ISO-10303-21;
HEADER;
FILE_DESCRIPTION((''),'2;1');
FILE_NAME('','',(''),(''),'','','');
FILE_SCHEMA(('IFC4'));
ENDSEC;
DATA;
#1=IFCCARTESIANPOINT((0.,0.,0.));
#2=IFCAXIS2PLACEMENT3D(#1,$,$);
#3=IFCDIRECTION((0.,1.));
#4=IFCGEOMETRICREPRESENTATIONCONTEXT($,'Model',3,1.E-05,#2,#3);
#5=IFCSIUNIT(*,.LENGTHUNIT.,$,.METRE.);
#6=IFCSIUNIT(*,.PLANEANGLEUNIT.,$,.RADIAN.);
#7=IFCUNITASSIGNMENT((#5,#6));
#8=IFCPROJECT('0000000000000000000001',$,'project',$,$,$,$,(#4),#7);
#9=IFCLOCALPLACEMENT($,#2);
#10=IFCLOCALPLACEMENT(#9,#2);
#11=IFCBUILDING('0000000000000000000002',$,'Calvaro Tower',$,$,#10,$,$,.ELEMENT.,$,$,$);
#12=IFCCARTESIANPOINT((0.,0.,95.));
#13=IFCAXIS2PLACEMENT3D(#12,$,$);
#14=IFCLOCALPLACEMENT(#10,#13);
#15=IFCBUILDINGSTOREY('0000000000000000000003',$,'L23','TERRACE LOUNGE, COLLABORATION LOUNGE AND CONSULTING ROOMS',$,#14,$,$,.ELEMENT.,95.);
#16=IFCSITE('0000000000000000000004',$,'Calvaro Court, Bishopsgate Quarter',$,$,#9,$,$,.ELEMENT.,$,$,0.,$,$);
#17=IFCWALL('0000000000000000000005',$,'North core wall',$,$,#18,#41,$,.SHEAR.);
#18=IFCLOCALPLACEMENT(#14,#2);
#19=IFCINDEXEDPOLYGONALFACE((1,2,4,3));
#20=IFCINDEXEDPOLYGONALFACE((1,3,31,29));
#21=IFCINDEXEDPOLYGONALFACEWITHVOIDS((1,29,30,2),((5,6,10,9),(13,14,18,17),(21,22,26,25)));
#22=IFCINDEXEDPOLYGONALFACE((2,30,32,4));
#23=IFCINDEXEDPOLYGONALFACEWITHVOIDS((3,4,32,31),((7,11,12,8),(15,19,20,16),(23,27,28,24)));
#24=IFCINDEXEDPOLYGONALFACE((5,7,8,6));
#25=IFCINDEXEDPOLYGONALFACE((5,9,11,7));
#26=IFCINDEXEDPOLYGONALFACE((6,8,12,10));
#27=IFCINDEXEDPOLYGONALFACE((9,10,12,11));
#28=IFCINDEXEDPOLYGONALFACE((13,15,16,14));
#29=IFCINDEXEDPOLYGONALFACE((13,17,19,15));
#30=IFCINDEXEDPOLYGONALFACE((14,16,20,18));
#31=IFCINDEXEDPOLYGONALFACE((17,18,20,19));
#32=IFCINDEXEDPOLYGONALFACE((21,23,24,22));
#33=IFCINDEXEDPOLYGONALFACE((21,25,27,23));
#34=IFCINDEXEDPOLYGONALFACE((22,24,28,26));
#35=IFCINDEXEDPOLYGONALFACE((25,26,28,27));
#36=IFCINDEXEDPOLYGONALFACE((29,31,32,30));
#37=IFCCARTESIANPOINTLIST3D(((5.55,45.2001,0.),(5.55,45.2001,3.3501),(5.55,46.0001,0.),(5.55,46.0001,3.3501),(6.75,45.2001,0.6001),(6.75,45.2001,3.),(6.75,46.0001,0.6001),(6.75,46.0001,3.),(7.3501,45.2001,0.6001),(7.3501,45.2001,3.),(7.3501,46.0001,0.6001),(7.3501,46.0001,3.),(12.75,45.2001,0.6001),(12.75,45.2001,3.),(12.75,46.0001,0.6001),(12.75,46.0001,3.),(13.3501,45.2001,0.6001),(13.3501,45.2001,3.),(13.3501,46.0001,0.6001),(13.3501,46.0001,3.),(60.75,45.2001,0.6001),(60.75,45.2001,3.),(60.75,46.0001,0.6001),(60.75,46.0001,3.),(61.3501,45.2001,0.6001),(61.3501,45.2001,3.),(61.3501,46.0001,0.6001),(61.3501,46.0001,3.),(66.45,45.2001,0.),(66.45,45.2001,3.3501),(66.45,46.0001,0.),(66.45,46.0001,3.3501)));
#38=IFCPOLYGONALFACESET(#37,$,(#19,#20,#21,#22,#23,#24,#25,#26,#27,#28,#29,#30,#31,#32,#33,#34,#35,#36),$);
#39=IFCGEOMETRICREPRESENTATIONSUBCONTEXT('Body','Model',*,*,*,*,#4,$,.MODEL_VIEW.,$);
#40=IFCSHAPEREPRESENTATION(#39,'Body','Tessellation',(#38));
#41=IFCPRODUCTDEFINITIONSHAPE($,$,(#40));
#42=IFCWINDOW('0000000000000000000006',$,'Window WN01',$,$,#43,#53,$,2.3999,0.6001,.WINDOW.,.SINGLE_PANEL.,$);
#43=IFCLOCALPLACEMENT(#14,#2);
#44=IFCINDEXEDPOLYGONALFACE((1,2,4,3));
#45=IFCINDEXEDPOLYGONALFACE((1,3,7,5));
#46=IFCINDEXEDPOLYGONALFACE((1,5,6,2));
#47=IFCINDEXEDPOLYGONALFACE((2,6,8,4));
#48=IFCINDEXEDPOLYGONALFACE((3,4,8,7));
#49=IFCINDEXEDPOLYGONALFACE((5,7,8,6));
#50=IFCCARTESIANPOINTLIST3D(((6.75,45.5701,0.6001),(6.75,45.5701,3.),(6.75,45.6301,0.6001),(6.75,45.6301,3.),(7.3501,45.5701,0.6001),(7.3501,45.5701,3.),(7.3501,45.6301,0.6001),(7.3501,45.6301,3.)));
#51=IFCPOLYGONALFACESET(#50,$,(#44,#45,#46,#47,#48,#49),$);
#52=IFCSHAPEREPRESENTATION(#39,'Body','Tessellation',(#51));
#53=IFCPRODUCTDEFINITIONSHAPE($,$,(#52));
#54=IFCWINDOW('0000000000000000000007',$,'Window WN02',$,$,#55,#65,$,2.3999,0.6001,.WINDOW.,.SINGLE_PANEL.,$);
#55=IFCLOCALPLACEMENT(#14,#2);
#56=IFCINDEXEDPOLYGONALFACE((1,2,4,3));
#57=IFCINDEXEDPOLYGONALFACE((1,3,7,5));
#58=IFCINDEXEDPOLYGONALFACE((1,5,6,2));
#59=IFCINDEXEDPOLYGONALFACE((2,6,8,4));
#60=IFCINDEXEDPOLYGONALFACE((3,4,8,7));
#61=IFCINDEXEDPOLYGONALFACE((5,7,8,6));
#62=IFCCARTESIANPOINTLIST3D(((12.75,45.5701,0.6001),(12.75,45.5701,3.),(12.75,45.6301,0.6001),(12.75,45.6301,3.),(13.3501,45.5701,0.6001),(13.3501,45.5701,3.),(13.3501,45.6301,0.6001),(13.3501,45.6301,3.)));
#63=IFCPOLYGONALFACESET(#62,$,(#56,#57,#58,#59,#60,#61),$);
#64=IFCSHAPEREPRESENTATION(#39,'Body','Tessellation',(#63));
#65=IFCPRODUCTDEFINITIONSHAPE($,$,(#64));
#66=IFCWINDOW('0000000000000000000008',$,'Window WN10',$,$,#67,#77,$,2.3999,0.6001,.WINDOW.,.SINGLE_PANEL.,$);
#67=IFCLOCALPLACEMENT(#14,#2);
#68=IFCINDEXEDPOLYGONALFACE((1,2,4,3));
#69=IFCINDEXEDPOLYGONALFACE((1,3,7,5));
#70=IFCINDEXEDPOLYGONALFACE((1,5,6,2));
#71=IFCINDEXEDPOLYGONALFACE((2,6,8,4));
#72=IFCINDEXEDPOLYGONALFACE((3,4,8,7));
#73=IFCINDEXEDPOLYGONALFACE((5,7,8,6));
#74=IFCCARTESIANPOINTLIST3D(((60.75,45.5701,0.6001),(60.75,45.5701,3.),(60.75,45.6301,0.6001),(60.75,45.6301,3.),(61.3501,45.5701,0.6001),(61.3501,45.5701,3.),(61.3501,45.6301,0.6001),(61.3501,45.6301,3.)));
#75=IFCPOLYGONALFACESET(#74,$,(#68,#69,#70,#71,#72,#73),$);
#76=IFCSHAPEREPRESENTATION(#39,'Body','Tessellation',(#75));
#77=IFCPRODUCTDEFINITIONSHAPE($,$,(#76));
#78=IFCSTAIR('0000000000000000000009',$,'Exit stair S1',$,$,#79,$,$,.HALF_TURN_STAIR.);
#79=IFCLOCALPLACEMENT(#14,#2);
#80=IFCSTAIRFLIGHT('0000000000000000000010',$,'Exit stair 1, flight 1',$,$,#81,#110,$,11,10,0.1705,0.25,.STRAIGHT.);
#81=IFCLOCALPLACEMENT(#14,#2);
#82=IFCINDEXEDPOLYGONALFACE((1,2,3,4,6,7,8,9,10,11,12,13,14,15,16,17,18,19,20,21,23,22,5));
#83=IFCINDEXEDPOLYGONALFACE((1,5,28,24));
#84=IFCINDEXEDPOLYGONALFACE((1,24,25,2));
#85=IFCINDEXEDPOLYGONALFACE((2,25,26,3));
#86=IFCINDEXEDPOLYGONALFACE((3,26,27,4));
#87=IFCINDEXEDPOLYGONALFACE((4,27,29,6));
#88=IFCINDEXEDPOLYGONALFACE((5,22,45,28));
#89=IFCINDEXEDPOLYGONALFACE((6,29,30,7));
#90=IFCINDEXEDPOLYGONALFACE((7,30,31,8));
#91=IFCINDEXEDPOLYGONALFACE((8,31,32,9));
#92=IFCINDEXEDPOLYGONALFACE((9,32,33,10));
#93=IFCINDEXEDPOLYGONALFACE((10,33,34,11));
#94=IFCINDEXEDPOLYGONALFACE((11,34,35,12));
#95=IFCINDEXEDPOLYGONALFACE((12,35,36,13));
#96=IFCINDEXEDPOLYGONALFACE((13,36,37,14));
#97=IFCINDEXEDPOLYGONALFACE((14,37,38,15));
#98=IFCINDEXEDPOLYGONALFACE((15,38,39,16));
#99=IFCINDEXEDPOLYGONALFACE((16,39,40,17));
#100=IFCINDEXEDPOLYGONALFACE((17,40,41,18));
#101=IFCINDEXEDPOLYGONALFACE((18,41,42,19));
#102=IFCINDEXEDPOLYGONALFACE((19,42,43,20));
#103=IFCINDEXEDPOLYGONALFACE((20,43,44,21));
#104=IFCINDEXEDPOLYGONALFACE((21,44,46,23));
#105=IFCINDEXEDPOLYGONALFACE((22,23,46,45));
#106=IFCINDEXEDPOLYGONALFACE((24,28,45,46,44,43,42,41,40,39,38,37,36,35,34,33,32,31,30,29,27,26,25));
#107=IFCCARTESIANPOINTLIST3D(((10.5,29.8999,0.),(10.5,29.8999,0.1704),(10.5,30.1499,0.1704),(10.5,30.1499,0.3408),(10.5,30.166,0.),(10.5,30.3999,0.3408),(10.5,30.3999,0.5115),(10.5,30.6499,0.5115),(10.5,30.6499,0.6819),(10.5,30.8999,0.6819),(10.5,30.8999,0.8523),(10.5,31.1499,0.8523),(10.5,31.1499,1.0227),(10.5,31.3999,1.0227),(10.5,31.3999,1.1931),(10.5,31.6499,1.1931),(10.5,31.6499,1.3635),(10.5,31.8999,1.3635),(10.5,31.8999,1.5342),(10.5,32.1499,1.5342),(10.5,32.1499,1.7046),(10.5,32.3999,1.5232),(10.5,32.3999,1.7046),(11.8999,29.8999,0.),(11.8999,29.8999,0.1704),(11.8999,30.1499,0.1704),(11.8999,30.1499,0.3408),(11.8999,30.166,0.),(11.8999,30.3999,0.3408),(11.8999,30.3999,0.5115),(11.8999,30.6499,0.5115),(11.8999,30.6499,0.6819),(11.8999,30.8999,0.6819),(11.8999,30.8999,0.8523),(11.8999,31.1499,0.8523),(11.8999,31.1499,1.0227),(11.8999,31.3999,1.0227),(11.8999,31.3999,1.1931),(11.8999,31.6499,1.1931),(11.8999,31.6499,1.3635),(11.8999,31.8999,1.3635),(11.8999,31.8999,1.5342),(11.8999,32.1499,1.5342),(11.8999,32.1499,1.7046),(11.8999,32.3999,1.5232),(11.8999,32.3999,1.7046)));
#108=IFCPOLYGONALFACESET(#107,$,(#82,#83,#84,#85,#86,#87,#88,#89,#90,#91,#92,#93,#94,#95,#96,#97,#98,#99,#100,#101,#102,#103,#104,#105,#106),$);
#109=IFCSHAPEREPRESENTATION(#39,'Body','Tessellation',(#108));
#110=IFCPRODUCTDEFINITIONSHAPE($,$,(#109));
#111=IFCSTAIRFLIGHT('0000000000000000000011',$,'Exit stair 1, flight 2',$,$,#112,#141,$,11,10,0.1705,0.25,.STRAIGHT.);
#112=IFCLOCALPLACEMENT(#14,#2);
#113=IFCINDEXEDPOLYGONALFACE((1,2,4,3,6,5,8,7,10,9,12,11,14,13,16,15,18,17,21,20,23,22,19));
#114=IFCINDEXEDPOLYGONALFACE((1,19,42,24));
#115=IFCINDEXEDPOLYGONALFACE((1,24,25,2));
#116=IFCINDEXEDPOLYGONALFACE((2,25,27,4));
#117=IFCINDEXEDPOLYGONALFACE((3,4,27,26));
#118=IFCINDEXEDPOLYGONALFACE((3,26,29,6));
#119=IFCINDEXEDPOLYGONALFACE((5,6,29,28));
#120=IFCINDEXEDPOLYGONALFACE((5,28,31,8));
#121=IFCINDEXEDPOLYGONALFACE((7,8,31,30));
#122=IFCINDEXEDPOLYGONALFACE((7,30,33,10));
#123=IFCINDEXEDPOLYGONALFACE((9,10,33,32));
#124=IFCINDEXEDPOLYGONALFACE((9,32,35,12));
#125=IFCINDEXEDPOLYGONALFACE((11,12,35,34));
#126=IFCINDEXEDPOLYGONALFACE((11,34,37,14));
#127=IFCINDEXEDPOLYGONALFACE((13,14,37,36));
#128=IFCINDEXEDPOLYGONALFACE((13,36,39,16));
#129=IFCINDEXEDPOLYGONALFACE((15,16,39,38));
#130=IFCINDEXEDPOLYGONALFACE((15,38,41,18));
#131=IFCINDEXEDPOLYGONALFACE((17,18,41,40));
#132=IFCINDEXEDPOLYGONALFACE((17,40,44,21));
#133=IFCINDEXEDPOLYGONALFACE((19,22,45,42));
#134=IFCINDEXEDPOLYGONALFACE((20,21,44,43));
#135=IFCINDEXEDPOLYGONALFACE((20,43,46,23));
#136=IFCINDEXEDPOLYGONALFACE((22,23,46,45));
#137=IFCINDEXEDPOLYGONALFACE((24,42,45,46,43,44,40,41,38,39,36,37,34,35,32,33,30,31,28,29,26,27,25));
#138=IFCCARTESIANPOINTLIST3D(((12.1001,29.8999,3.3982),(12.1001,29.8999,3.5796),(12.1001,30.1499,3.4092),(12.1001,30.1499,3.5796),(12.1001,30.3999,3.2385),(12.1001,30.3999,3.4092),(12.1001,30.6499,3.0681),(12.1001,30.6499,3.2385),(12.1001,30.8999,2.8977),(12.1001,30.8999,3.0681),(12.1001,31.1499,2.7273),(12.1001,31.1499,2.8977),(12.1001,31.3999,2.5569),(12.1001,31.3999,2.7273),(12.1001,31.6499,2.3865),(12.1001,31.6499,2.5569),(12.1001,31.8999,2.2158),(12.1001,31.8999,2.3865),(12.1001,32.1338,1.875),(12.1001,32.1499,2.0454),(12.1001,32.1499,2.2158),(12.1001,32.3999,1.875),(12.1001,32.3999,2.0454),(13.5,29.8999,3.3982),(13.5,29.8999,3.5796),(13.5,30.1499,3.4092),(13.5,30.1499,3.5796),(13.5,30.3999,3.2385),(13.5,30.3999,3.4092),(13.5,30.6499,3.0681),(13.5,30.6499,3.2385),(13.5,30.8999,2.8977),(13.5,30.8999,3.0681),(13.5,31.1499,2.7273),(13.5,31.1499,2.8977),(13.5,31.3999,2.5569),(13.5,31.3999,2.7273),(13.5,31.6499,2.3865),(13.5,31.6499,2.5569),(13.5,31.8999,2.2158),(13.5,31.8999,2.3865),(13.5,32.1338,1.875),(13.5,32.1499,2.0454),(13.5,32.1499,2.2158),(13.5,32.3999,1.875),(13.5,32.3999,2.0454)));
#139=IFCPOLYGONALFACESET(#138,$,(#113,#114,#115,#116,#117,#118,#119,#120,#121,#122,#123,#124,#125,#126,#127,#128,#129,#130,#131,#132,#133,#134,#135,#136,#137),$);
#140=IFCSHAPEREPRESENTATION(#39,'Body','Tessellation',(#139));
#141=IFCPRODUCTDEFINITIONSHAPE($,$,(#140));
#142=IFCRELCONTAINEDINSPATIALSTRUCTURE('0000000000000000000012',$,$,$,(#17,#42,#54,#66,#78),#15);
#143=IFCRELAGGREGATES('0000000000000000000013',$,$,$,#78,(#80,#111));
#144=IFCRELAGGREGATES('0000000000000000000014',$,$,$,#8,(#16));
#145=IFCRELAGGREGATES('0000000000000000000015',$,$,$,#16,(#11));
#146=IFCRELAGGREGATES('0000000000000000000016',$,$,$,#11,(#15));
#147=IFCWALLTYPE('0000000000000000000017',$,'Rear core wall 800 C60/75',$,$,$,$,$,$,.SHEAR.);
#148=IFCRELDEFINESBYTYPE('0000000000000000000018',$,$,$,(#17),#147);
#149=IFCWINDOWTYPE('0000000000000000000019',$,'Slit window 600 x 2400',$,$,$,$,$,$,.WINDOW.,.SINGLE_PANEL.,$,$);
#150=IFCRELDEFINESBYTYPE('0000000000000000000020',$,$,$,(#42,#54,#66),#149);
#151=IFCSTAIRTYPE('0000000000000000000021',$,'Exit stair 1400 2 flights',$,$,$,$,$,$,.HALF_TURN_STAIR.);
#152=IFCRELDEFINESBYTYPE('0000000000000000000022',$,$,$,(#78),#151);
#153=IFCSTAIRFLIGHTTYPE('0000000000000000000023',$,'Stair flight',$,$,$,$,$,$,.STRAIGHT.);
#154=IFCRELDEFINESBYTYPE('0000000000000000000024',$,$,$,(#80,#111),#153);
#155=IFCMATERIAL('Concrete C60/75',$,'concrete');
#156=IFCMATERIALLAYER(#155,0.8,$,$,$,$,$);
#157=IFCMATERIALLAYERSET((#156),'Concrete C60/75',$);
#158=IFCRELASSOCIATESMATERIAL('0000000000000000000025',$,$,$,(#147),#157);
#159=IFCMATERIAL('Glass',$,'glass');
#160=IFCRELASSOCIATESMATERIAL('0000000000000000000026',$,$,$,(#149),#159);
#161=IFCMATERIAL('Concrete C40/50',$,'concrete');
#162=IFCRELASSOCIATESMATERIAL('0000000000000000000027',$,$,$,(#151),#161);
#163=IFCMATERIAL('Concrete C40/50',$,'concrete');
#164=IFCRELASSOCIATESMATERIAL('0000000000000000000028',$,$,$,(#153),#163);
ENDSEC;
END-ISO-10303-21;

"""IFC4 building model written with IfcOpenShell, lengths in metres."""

from ifc_helpers import new_model, si_unit, direction, frame, frame_2d, origin, place, context, subcontext, project, spatial, polyline, rectangle, outline, extrude, material, layer, layer_set, type_object, element, fill, aggregate, save


model = new_model("IFC4")

# Units and contexts
model_context = context("Model", 3, precision=1e-05, world=origin(), true_north=direction((0.0, 1.0)))
body_context = subcontext(model_context, "Body", "Model", "MODEL_VIEW")
ifc_project = project(units=[si_unit("LENGTHUNIT", "METRE"), si_unit("PLANEANGLEUNIT", "RADIAN")], contexts=[model_context])

# Site, building, storey
site_placement = place(None, origin())
site = spatial("IfcSite", under=ifc_project, at=site_placement, Name="Calvaro Court, Bishopsgate Quarter", CompositionType="ELEMENT", RefElevation=0.0)
building_placement = place(site_placement, origin())
building = spatial("IfcBuilding", under=site, at=building_placement, Name="Calvaro Tower", CompositionType="ELEMENT")
storey_placement = place(building_placement, frame((0.0, 0.0, 95.0)))
storey = spatial("IfcBuildingStorey", under=building, at=storey_placement, Name="L23", Description="TERRACE LOUNGE, COLLABORATION LOUNGE AND CONSULTING ROOMS", CompositionType="ELEMENT", Elevation=95.0)

# Wall, openings, windows
ifc_material_1 = material(Name="Concrete C60/75", Category="concrete")
ifc_layer_1 = layer(ifc_material_1, 0.8)
ifc_layer_set_1 = layer_set([ifc_layer_1], Name="Concrete C60/75")
wall_type_1 = type_object("IfcWallType", Name="Rear core wall 800 C60/75", PredefinedType="SHEAR", material=ifc_layer_set_1)
wall_1_placement = place(storey_placement, frame((5.55, 45.6001, 0.0), z_axis=(0.0, 0.0, 1.0), x_axis=(1.0, 0.0, 0.0)))
wall_1 = element("IfcWall", 1, at=wall_1_placement, inside=storey, type_object=wall_type_1, Name="North core wall", PredefinedType="SHEAR", context=body_context, shape_type="SweptSolid", body=[
    extrude(rectangle(XDim=60.8999, YDim=0.8, at=frame_2d((30.45, 0.0))), origin(), (0.0, 0.0, 1.0), 3.3501),
])
opening_1_placement = place(wall_1_placement, frame((1.2, 0.0, 0.6001)))
opening_1 = element("IfcOpeningElement", 2, at=opening_1_placement, cuts=wall_1, PredefinedType="OPENING", context=body_context, shape_type="SweptSolid", body=[
    extrude(rectangle(XDim=0.6001, YDim=2.3999, at=frame_2d((0.3, 1.2))), frame((0.0, 0.4099, 0.0), z_axis=(0.0, -1.0, 0.0), x_axis=(1.0, 0.0, 0.0)), (0.0, 0.0, 1.0), 0.8201),
])
opening_2_placement = place(wall_1_placement, frame((7.2, 0.0, 0.6001)))
opening_2 = element("IfcOpeningElement", 3, at=opening_2_placement, cuts=wall_1, PredefinedType="OPENING", context=body_context, shape_type="SweptSolid", body=[
    extrude(rectangle(XDim=0.6001, YDim=2.3999, at=frame_2d((0.3, 1.2))), frame((0.0, 0.4099, 0.0), z_axis=(0.0, -1.0, 0.0), x_axis=(1.0, 0.0, 0.0)), (0.0, 0.0, 1.0), 0.8201),
])
opening_3_placement = place(wall_1_placement, frame((55.2, 0.0, 0.6001)))
opening_3 = element("IfcOpeningElement", 4, at=opening_3_placement, cuts=wall_1, PredefinedType="OPENING", context=body_context, shape_type="SweptSolid", body=[
    extrude(rectangle(XDim=0.6001, YDim=2.3999, at=frame_2d((0.3, 1.2))), frame((0.0, 0.4099, 0.0), z_axis=(0.0, -1.0, 0.0), x_axis=(1.0, 0.0, 0.0)), (0.0, 0.0, 1.0), 0.8201),
])
ifc_material_2 = material(Name="Glass", Category="glass")
window_type = type_object("IfcWindowType", Name="Slit window 600 x 2400", PartitioningType="SINGLE_PANEL", PredefinedType="WINDOW", material=ifc_material_2)
window_1_placement = place(opening_1_placement, origin())
window_1 = element("IfcWindow", 5, at=window_1_placement, inside=storey, type_object=window_type, Name="Window WN01", OverallHeight=2.3999, OverallWidth=0.6001, PartitioningType="SINGLE_PANEL", PredefinedType="WINDOW", context=body_context, shape_type="SweptSolid", body=[
    extrude(rectangle(XDim=0.6001, YDim=2.3999, at=frame_2d((0.3, 1.2))), frame((0.0, 0.03, 0.0), z_axis=(0.0, -1.0, 0.0), x_axis=(1.0, 0.0, 0.0)), (0.0, 0.0, 1.0), 0.0601),
])
fill(opening_1, window_1)
window_2_placement = place(opening_2_placement, origin())
window_2 = element("IfcWindow", 6, at=window_2_placement, inside=storey, type_object=window_type, Name="Window WN02", OverallHeight=2.3999, OverallWidth=0.6001, PartitioningType="SINGLE_PANEL", PredefinedType="WINDOW", context=body_context, shape_type="SweptSolid", body=[
    extrude(rectangle(XDim=0.6001, YDim=2.3999, at=frame_2d((0.3, 1.2))), frame((0.0, 0.03, 0.0), z_axis=(0.0, -1.0, 0.0), x_axis=(1.0, 0.0, 0.0)), (0.0, 0.0, 1.0), 0.0601),
])
fill(opening_2, window_2)
window_3_placement = place(opening_3_placement, origin())
window_3 = element("IfcWindow", 7, at=window_3_placement, inside=storey, type_object=window_type, Name="Window WN10", OverallHeight=2.3999, OverallWidth=0.6001, PartitioningType="SINGLE_PANEL", PredefinedType="WINDOW", context=body_context, shape_type="SweptSolid", body=[
    extrude(rectangle(XDim=0.6001, YDim=2.3999, at=frame_2d((0.3, 1.2))), frame((0.0, 0.03, 0.0), z_axis=(0.0, -1.0, 0.0), x_axis=(1.0, 0.0, 0.0)), (0.0, 0.0, 1.0), 0.0601),
])
fill(opening_3, window_3)

# Stair, stair flights
ifc_material_3 = material(Name="Concrete C40/50", Category="concrete")
stair_type = type_object("IfcStairType", Name="Exit stair 1400 2 flights", PredefinedType="HALF_TURN_STAIR", material=ifc_material_3)
stair_placement = place(storey_placement, origin())
stair = element("IfcStair", 8, at=stair_placement, inside=storey, type_object=stair_type, Name="Exit stair S1", PredefinedType="HALF_TURN_STAIR")
ifc_material_4 = material(Name="Concrete C40/50", Category="concrete")
stair_flight_type = type_object("IfcStairFlightType", Name="Stair flight", PredefinedType="STRAIGHT", material=ifc_material_4)
stair_flight_1_placement = place(storey_placement, frame((11.2, 29.8999, 0.0), z_axis=(0.0, 0.0, 1.0), x_axis=(0.0, 1.0, 0.0)))
stair_flight_1 = element("IfcStairFlight", 9, at=stair_flight_1_placement, type_object=stair_flight_type, Name="Exit stair 1, flight 1", NumberOfRisers=11, NumberOfTreads=10, PredefinedType="STRAIGHT", RiserHeight=0.1705, TreadLength=0.25, context=body_context, shape_type="SweptSolid", body=[
    extrude(outline(polyline([(0.0, 0.0), (0.0, 0.1704), (0.25, 0.1704), (0.25, 0.3408), (0.5, 0.3408), (0.5, 0.5115), (0.75, 0.5115), (0.75, 0.6819), (1.0, 0.6819), (1.0, 0.8523), (1.25, 0.8523), (1.25, 1.0227), (1.5, 1.0227), (1.5, 1.1931), (1.75, 1.1931), (1.75, 1.3635), (2.0, 1.3635), (2.0, 1.5342), (2.25, 1.5342), (2.25, 1.7046), (2.5, 1.7046), (2.5, 1.875), (2.5, 1.5232), (0.2661, 0.0), (0.0, 0.0)])), frame((0.0, 0.7, 0.0), z_axis=(0.0, -1.0, 0.0), x_axis=(1.0, 0.0, 0.0)), (0.0, 0.0, 1.0), 1.3999),
])
stair_flight_2_placement = place(storey_placement, frame((12.8, 32.3999, 1.875), z_axis=(0.0, 0.0, 1.0), x_axis=(0.0, -1.0, 0.0)))
stair_flight_2 = element("IfcStairFlight", 10, at=stair_flight_2_placement, type_object=stair_flight_type, Name="Exit stair 1, flight 2", NumberOfRisers=11, NumberOfTreads=10, PredefinedType="STRAIGHT", RiserHeight=0.1705, TreadLength=0.25, context=body_context, shape_type="SweptSolid", body=[
    extrude(outline(polyline([(0.0, 0.0), (0.0, 0.1704), (0.25, 0.1704), (0.25, 0.3408), (0.5, 0.3408), (0.5, 0.5115), (0.75, 0.5115), (0.75, 0.6819), (1.0, 0.6819), (1.0, 0.8523), (1.25, 0.8523), (1.25, 1.0227), (1.5, 1.0227), (1.5, 1.1931), (1.75, 1.1931), (1.75, 1.3635), (2.0, 1.3635), (2.0, 1.5342), (2.25, 1.5342), (2.25, 1.7046), (2.5, 1.7046), (2.5, 1.875), (2.5, 1.5232), (0.2661, 0.0), (0.0, 0.0)])), frame((0.0, 0.7, 0.0), z_axis=(0.0, -1.0, 0.0), x_axis=(1.0, 0.0, 0.0)), (0.0, 0.0, 1.0), 1.3999),
])
aggregate(stair, [stair_flight_1, stair_flight_2])

save(model, "model.ifc")
